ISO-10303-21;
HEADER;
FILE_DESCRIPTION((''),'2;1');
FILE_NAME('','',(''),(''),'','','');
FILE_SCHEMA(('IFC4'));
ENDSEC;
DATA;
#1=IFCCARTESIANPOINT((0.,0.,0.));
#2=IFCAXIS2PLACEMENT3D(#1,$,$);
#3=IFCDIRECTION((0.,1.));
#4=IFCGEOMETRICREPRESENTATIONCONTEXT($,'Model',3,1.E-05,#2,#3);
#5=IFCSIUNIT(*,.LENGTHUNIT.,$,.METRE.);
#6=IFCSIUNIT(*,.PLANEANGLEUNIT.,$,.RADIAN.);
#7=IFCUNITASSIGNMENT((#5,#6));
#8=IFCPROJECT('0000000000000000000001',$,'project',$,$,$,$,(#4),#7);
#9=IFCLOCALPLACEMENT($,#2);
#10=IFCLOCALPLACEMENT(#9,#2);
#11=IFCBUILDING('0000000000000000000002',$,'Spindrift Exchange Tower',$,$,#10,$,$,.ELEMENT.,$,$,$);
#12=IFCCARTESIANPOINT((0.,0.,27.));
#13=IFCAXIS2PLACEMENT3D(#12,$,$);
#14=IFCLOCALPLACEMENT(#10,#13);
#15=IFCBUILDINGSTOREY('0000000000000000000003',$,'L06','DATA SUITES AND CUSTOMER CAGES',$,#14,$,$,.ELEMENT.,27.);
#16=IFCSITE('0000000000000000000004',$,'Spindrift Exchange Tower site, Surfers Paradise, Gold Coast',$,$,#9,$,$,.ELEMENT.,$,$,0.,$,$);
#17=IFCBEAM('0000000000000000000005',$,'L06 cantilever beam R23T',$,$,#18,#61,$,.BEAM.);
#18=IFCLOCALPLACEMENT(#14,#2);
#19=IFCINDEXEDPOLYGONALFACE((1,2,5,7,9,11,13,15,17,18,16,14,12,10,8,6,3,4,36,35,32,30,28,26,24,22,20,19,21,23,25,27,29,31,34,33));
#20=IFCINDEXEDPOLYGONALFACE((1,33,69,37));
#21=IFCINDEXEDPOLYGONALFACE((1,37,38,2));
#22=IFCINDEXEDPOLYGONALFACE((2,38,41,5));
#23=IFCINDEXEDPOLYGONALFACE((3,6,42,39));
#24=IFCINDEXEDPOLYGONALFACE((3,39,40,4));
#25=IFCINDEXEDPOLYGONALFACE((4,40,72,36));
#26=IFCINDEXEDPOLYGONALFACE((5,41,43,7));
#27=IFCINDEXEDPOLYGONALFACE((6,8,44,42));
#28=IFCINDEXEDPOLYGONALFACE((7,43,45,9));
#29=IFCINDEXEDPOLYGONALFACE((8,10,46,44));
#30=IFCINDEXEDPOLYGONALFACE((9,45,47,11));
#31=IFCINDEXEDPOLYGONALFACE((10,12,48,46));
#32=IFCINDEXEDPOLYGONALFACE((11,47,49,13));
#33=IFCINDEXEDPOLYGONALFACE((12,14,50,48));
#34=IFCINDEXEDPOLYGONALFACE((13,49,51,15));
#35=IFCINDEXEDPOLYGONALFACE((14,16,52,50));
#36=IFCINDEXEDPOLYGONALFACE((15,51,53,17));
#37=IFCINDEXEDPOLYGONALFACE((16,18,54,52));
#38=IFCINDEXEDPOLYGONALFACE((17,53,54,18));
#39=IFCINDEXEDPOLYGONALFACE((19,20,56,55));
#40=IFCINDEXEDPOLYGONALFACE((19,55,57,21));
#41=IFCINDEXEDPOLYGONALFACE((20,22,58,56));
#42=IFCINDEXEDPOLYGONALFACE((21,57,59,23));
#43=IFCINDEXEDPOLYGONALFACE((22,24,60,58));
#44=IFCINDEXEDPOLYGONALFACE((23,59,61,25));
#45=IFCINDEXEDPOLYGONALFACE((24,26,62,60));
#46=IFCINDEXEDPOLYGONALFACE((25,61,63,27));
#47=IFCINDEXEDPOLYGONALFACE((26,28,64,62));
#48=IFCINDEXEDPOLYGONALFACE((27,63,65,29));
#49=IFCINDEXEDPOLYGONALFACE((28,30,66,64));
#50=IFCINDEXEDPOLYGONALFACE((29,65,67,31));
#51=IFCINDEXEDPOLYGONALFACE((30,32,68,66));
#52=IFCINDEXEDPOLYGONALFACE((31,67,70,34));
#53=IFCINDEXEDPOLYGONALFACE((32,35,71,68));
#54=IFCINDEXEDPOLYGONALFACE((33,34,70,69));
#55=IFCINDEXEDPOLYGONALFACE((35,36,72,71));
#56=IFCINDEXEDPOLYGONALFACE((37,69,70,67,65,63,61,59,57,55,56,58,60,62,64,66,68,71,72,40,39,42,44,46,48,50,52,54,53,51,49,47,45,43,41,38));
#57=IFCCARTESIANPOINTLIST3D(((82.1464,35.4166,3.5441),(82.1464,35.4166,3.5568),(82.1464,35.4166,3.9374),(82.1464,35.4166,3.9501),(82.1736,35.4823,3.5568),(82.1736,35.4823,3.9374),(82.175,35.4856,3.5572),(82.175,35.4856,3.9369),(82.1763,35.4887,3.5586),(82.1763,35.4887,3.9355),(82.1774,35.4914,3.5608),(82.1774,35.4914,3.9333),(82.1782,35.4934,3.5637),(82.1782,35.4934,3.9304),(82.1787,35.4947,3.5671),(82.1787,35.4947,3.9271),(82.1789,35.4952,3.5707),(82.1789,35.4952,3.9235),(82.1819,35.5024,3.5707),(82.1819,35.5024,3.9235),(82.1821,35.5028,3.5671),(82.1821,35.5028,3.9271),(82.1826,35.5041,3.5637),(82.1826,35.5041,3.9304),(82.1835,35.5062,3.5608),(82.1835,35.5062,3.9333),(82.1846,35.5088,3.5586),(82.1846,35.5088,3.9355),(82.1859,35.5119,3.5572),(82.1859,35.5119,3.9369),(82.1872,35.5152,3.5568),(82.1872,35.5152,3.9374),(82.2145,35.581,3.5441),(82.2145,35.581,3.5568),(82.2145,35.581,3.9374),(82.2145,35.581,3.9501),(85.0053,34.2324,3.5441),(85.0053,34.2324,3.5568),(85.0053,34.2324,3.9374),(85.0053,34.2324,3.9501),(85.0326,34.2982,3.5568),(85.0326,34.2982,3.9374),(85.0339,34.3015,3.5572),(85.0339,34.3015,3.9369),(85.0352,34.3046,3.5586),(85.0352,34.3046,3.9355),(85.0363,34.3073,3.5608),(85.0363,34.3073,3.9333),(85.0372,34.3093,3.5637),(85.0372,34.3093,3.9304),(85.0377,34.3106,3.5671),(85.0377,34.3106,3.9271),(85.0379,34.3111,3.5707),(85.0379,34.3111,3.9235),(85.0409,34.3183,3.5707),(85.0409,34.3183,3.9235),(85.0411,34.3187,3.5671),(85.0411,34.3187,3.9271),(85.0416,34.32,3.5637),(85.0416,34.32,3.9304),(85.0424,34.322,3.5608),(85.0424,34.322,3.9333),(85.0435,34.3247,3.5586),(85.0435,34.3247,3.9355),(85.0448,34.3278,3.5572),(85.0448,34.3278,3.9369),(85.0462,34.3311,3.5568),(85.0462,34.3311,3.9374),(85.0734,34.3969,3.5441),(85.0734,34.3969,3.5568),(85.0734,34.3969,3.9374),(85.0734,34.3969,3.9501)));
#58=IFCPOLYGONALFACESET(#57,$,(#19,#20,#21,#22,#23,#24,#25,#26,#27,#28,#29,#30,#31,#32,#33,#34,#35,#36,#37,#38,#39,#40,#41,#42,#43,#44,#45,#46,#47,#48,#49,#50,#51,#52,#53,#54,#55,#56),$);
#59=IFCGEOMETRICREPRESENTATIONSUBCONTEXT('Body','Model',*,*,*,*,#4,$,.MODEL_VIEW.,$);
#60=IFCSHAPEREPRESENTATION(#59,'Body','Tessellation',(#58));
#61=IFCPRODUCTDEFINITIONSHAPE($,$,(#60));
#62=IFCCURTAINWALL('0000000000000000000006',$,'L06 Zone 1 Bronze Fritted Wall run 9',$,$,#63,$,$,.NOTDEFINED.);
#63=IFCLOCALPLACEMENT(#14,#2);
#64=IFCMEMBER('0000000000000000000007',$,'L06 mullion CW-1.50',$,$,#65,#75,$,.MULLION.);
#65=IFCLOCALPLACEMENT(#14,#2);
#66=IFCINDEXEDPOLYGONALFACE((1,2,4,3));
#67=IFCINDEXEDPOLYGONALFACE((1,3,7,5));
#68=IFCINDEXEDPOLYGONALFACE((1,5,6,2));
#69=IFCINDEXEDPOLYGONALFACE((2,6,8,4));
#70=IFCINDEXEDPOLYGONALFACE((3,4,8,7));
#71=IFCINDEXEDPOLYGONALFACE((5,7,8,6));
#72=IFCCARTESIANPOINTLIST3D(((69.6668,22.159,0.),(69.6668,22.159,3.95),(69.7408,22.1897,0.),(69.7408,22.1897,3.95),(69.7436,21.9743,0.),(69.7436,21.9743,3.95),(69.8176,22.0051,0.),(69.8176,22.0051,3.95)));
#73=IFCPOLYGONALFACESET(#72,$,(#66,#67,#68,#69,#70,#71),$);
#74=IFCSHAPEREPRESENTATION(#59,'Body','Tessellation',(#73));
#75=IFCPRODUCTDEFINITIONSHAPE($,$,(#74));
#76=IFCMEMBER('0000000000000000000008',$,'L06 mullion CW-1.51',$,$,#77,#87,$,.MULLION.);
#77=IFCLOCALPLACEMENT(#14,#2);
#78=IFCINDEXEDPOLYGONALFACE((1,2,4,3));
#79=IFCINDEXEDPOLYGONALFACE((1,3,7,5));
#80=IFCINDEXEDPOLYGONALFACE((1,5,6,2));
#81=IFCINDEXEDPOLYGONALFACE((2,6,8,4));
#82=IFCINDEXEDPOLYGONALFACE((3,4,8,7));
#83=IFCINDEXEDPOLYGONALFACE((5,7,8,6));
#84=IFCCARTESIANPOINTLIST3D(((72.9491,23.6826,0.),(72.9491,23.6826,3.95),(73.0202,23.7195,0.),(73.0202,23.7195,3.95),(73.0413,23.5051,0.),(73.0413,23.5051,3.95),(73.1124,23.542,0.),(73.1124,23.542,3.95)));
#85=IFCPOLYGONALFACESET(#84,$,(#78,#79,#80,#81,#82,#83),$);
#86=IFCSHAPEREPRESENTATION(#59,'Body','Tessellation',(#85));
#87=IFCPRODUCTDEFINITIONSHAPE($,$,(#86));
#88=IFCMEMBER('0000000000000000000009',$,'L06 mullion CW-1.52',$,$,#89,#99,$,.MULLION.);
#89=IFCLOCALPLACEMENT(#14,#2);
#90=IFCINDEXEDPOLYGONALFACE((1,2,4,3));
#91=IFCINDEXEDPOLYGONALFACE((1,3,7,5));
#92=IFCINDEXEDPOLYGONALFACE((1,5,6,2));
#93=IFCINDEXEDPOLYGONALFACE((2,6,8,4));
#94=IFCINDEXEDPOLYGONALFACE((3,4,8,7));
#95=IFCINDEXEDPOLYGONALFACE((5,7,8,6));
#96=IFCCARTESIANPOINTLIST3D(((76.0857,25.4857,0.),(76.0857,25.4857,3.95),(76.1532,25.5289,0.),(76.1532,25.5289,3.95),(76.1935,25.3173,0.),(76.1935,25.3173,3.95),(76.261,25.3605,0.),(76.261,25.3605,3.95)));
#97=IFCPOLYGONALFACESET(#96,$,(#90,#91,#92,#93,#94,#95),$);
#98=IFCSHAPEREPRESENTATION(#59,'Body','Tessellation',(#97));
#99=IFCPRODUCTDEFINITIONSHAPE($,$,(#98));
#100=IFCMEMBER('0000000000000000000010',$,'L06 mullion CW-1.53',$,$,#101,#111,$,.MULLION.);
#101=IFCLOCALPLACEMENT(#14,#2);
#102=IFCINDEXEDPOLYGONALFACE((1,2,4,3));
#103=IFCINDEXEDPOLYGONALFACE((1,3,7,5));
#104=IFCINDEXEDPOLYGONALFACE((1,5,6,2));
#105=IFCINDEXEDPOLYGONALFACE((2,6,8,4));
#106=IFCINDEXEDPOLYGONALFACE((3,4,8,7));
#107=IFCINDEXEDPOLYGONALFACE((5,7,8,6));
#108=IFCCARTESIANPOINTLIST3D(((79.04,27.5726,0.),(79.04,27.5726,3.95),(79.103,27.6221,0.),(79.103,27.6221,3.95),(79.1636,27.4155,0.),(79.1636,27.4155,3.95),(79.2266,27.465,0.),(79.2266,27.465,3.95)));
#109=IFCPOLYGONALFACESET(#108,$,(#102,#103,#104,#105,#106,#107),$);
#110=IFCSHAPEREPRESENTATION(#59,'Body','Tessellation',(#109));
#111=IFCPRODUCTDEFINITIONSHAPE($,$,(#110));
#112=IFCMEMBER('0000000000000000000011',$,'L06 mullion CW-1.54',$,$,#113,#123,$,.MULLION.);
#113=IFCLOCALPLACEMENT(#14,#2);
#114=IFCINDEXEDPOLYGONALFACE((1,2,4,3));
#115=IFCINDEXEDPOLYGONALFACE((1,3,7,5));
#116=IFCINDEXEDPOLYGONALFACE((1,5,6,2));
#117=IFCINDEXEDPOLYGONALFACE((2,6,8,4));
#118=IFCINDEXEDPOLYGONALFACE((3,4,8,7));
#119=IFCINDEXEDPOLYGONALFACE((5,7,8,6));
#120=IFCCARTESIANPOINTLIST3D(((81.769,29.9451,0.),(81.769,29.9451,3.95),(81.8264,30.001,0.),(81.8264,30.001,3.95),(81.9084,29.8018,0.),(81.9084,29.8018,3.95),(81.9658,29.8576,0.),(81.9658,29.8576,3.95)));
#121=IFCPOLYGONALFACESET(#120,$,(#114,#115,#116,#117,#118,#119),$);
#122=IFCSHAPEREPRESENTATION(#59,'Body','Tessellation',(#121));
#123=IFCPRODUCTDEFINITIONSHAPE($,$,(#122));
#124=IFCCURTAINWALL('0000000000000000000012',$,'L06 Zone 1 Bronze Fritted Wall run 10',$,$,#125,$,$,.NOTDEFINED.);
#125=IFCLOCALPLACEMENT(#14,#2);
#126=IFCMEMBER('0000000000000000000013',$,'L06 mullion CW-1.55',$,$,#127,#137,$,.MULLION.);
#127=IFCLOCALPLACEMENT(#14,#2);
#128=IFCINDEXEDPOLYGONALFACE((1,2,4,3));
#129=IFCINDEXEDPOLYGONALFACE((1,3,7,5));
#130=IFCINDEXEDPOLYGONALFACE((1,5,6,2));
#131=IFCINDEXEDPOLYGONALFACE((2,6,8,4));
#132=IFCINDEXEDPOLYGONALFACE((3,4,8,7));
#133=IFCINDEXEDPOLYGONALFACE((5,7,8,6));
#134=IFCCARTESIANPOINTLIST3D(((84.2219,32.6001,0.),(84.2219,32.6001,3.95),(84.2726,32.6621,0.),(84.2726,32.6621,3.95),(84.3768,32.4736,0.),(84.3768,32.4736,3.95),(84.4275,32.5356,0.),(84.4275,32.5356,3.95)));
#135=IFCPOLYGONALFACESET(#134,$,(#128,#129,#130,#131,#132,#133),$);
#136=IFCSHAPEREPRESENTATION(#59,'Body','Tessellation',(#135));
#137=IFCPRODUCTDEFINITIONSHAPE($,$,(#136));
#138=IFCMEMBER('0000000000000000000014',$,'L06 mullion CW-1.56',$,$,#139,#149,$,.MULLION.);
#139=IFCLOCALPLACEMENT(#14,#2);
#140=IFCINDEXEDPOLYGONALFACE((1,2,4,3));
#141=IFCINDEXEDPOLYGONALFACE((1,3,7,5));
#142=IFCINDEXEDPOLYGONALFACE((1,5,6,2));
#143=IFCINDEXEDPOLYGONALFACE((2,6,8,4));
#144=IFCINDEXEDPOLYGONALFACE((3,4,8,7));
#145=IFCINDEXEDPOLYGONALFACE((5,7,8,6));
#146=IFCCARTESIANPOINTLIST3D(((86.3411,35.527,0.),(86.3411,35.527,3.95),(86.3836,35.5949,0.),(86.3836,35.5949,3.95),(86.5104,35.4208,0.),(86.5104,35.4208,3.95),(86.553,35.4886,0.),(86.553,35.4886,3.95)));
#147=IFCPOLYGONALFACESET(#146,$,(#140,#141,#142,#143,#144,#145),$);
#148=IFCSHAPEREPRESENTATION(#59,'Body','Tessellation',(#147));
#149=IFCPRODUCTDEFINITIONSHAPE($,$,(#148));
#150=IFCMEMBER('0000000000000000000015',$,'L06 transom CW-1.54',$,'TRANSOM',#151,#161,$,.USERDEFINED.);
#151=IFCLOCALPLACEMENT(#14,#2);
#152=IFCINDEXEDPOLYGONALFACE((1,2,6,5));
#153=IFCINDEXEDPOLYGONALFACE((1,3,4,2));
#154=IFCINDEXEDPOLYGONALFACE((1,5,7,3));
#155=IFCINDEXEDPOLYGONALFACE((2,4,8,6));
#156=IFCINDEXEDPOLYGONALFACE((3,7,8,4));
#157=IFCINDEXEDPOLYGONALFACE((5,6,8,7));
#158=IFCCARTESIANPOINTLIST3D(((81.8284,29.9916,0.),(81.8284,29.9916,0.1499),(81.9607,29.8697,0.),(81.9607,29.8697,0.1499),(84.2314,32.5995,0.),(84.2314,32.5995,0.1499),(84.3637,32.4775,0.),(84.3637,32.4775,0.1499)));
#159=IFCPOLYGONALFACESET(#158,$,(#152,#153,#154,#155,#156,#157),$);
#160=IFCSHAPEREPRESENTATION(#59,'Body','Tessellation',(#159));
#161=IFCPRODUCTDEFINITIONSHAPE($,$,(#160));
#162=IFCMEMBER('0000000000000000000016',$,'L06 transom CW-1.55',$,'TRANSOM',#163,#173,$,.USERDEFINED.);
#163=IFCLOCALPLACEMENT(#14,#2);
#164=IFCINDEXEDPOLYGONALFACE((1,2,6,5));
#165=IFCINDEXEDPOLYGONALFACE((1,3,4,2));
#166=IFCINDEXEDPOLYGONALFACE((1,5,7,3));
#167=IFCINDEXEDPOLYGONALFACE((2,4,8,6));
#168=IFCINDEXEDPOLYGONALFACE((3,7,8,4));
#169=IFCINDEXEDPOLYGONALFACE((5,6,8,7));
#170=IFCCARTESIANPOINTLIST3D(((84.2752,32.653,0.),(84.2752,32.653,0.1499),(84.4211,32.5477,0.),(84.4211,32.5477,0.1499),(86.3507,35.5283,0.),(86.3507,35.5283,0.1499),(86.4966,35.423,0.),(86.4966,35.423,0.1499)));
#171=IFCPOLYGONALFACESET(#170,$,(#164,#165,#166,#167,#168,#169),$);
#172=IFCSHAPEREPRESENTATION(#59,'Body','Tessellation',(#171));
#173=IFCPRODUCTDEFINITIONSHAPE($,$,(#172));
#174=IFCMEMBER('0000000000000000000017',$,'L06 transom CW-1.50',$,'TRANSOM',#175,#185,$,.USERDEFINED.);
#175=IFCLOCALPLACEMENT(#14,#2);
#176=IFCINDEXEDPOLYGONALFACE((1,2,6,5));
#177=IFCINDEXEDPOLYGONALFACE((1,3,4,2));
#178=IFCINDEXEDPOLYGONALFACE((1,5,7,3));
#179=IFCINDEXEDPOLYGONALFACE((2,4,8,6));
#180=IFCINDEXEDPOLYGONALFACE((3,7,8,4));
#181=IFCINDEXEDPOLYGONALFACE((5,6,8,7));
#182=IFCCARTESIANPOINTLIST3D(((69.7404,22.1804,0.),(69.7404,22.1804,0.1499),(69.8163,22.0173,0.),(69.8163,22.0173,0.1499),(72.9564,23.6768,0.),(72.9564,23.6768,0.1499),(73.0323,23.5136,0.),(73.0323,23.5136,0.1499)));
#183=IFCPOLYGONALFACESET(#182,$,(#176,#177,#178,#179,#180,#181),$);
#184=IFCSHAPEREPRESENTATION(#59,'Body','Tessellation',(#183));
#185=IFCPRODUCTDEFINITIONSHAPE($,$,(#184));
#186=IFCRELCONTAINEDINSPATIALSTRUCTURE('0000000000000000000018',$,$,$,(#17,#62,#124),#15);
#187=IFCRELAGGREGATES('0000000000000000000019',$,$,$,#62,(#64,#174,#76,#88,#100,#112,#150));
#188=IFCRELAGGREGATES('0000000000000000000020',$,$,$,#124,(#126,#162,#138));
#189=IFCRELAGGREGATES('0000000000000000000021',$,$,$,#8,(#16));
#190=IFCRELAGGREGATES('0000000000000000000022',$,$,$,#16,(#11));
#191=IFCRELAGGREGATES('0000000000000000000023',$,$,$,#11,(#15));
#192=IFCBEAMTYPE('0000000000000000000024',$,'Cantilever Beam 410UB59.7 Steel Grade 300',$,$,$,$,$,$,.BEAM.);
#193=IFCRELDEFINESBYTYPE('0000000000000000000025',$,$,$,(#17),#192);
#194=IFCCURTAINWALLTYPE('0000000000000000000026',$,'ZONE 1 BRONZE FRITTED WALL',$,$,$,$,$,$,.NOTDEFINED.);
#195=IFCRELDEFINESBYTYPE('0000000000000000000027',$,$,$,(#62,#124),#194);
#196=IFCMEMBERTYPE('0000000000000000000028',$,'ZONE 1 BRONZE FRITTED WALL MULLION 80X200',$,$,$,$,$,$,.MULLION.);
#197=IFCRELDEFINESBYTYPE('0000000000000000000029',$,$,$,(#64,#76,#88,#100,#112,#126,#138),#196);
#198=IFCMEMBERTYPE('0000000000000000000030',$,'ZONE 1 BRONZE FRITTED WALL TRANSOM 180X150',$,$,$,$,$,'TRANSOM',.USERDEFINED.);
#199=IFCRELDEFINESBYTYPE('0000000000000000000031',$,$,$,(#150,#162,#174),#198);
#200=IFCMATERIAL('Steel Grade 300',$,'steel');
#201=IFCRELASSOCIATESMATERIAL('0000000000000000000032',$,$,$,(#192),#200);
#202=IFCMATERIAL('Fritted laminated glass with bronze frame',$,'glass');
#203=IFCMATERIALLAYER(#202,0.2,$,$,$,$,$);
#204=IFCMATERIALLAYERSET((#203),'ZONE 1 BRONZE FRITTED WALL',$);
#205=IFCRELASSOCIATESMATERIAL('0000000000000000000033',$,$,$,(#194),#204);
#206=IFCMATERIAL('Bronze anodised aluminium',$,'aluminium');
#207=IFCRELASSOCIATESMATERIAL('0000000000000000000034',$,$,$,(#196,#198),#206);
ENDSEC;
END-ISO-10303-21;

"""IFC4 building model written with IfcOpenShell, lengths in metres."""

from ifc_helpers import new_model, si_unit, direction, frame, origin, origin_2d, place, context, subcontext, project, spatial, rectangle, i_section, extrude, source, transform, mapped, material, layer, layer_set, material_profile, profile_set, type_object, element, aggregate, save


model = new_model("IFC4")

# Units and contexts
model_context = context("Model", 3, precision=1e-05, world=origin(), true_north=direction((0.0, 1.0)))
body_context = subcontext(model_context, "Body", "Model", "MODEL_VIEW")
ifc_project = project(units=[si_unit("LENGTHUNIT", "METRE"), si_unit("PLANEANGLEUNIT", "RADIAN")], contexts=[model_context])

# Site, building, storey
site_placement = place(None, origin())
site = spatial("IfcSite", under=ifc_project, at=site_placement, Name="Spindrift Exchange Tower site, Surfers Paradise, Gold Coast", CompositionType="ELEMENT", RefElevation=0.0)
building_placement = place(site_placement, origin())
building = spatial("IfcBuilding", under=site, at=building_placement, Name="Spindrift Exchange Tower", CompositionType="ELEMENT")
storey_placement = place(building_placement, frame((0.0, 0.0, 27.0)))
storey = spatial("IfcBuildingStorey", under=building, at=storey_placement, Name="L06", Description="DATA SUITES AND CUSTOMER CAGES", CompositionType="ELEMENT", Elevation=27.0)

# Beam
ifc_material_1 = material(Name="Steel Grade 300", Category="steel")
ifc_material_profile_1 = material_profile(ifc_material_1, i_section(OverallWidth=0.178, OverallDepth=0.406, WebThickness=0.0078, FlangeThickness=0.0127, FilletRadius=0.0139, at=origin_2d()), Name="410UB59.7")
ifc_profile_set_1 = profile_set([ifc_material_profile_1], Name="Steel Grade 300")
beam_type_1 = type_object("IfcBeamType", Name="Cantilever Beam 410UB59.7 Steel Grade 300", PredefinedType="BEAM", material=ifc_profile_set_1)
shared_shape_1 = source(origin(), body_context, "Body", "SweptSolid", [
    extrude(i_section(OverallWidth=0.178, OverallDepth=0.406, WebThickness=0.0078, FlangeThickness=0.0127, FilletRadius=0.0139, at=origin_2d()), origin(), (0.0, 0.0, 1.0), 3.0945),
])
beam_1_placement = place(storey_placement, frame((82.1804, 35.4988, 3.7471), z_axis=(0.923892, -0.382654, 0.0), x_axis=(0.382654, 0.923892, 0.0)))
element("IfcBeam", 1, at=beam_1_placement, inside=storey, type_object=beam_type_1, Name="L06 cantilever beam R23T", PredefinedType="BEAM", context=body_context, shape_type="MappedRepresentation", body=[
    mapped(shared_shape_1, transform((0.0, 0.0, 0.0), scale=1.0)),
])

# Curtain walls, members
ifc_material_2 = material(Name="Fritted laminated glass with bronze frame", Category="glass")
ifc_layer_1 = layer(ifc_material_2, 0.2)
ifc_layer_set_1 = layer_set([ifc_layer_1], Name="ZONE 1 BRONZE FRITTED WALL")
curtain_wall_type = type_object("IfcCurtainWallType", Name="ZONE 1 BRONZE FRITTED WALL", PredefinedType="NOTDEFINED", material=ifc_layer_set_1)
curtain_wall_1_placement = place(storey_placement, origin())
curtain_wall_1 = element("IfcCurtainWall", 2, at=curtain_wall_1_placement, inside=storey, type_object=curtain_wall_type, Name="L06 Zone 1 Bronze Fritted Wall run 9", PredefinedType="NOTDEFINED")
ifc_material_3 = material(Name="Bronze anodised aluminium", Category="aluminium")
ifc_material_profile_2 = material_profile(ifc_material_3, rectangle(XDim=0.0801, YDim=0.2, at=origin_2d()), Name="ZONE 1 BRONZE FRITTED WALL MULLION 80X200")
ifc_profile_set_2 = profile_set([ifc_material_profile_2], Name="Bronze anodised aluminium")
member_type_1 = type_object("IfcMemberType", Name="ZONE 1 BRONZE FRITTED WALL MULLION 80X200", PredefinedType="MULLION", material=ifc_profile_set_2)
shared_shape_2 = source(origin(), body_context, "Body", "SweptSolid", [
    extrude(rectangle(XDim=0.0801, YDim=0.2, at=origin_2d()), origin(), (0.0, 0.0, 1.0), 3.95),
])
member_1_placement = place(storey_placement, frame((69.7422, 22.082, 0.0), z_axis=(0.0, 0.0, 1.0), x_axis=(0.923276, 0.384137, 0.0)))
member_1 = element("IfcMember", 3, at=member_1_placement, type_object=member_type_1, Name="L06 mullion CW-1.50", PredefinedType="MULLION", context=body_context, shape_type="MappedRepresentation", body=[
    mapped(shared_shape_2, transform((0.0, 0.0, 0.0), scale=1.0)),
])
member_2_placement = place(storey_placement, frame((73.0308, 23.6123, 0.0), z_axis=(0.0, 0.0, 1.0), x_axis=(0.887404, 0.460993, 0.0)))
member_2 = element("IfcMember", 4, at=member_2_placement, type_object=member_type_1, Name="L06 mullion CW-1.51", PredefinedType="MULLION", context=body_context, shape_type="MappedRepresentation", body=[
    mapped(shared_shape_2, transform((0.0, 0.0, 0.0), scale=1.0)),
])
member_3_placement = place(storey_placement, frame((76.1733, 25.4231, 0.0), z_axis=(0.0, 0.0, 1.0), x_axis=(0.842218, 0.539137, 0.0)))
member_3 = element("IfcMember", 5, at=member_3_placement, type_object=member_type_1, Name="L06 mullion CW-1.52", PredefinedType="MULLION", context=body_context, shape_type="MappedRepresentation", body=[
    mapped(shared_shape_2, transform((0.0, 0.0, 0.0), scale=1.0)),
])
member_4_placement = place(storey_placement, frame((79.1333, 27.5188, 0.0), z_axis=(0.0, 0.0, 1.0), x_axis=(0.786025, 0.618195, 0.0)))
member_4 = element("IfcMember", 6, at=member_4_placement, type_object=member_type_1, Name="L06 mullion CW-1.53", PredefinedType="MULLION", context=body_context, shape_type="MappedRepresentation", body=[
    mapped(shared_shape_2, transform((0.0, 0.0, 0.0), scale=1.0)),
])
member_5_placement = place(storey_placement, frame((81.8674, 29.9014, 0.0), z_axis=(0.0, 0.0, 1.0), x_axis=(0.716861, 0.697216, 0.0)))
member_5 = element("IfcMember", 7, at=member_5_placement, type_object=member_type_1, Name="L06 mullion CW-1.54", PredefinedType="MULLION", context=body_context, shape_type="MappedRepresentation", body=[
    mapped(shared_shape_2, transform((0.0, 0.0, 0.0), scale=1.0)),
])
curtain_wall_2_placement = place(storey_placement, origin())
curtain_wall_2 = element("IfcCurtainWall", 8, at=curtain_wall_2_placement, inside=storey, type_object=curtain_wall_type, Name="L06 Zone 1 Bronze Fritted Wall run 10", PredefinedType="NOTDEFINED")
member_6_placement = place(storey_placement, frame((84.3247, 32.5679, 0.0), z_axis=(0.0, 0.0, 1.0), x_axis=(0.632597, 0.774481, 0.0)))
member_6 = element("IfcMember", 9, at=member_6_placement, type_object=member_type_1, Name="L06 mullion CW-1.55", PredefinedType="MULLION", context=body_context, shape_type="MappedRepresentation", body=[
    mapped(shared_shape_2, transform((0.0, 0.0, 0.0), scale=1.0)),
])
member_7_placement = place(storey_placement, frame((86.447, 35.5078, 0.0), z_axis=(0.0, 0.0, 1.0), x_axis=(0.531315, 0.847174, 0.0)))
member_7 = element("IfcMember", 10, at=member_7_placement, type_object=member_type_1, Name="L06 mullion CW-1.56", PredefinedType="MULLION", context=body_context, shape_type="MappedRepresentation", body=[
    mapped(shared_shape_2, transform((0.0, 0.0, 0.0), scale=1.0)),
])

# Members
ifc_material_profile_3 = material_profile(ifc_material_3, rectangle(XDim=0.1799, YDim=0.1499, at=origin_2d()), Name="ZONE 1 BRONZE FRITTED WALL TRANSOM 180X150")
ifc_profile_set_3 = profile_set([ifc_material_profile_3], Name="Bronze anodised aluminium")
member_type_2 = type_object("IfcMemberType", Name="ZONE 1 BRONZE FRITTED WALL TRANSOM 180X150", ElementType="TRANSOM", PredefinedType="USERDEFINED", material=ifc_profile_set_3)
shared_shape_3 = source(origin(), body_context, "Body", "SweptSolid", [
    extrude(rectangle(XDim=0.1799, YDim=0.1499, at=origin_2d()), origin(), (0.0, 0.0, 1.0), 3.5461),
])
member_8_placement = place(storey_placement, frame((81.8945, 29.9307, 0.075), z_axis=(0.677636, 0.735397, 0.0), x_axis=(-0.735397, 0.677636, 0.0)))
member_8 = element("IfcMember", 11, at=member_8_placement, type_object=member_type_2, Name="L06 transom CW-1.54", ObjectType="TRANSOM", PredefinedType="USERDEFINED", context=body_context, shape_type="MappedRepresentation", body=[
    mapped(shared_shape_3, transform((0.0, 0.0, 0.0), scale=1.0)),
])
member_9_placement = place(storey_placement, frame((84.3481, 32.6003, 0.075), z_axis=(0.585282, 0.81083, 0.0), x_axis=(-0.81083, 0.585282, 0.0)))
member_9 = element("IfcMember", 12, at=member_9_placement, type_object=member_type_2, Name="L06 transom CW-1.55", ObjectType="TRANSOM", PredefinedType="USERDEFINED", context=body_context, shape_type="MappedRepresentation", body=[
    mapped(shared_shape_3, transform((0.0, 0.0, 0.0), scale=1.0)),
])
shared_shape_4 = source(origin(), body_context, "Body", "SweptSolid", [
    extrude(rectangle(XDim=0.1799, YDim=0.1499, at=origin_2d()), origin(), (0.0, 0.0, 1.0), 3.5471),
])
member_10_placement = place(storey_placement, frame((69.7783, 22.0989, 0.075), z_axis=(0.906668, 0.421845, 0.0), x_axis=(-0.421845, 0.906668, 0.0)))
member_10 = element("IfcMember", 13, at=member_10_placement, type_object=member_type_2, Name="L06 transom CW-1.50", ObjectType="TRANSOM", PredefinedType="USERDEFINED", context=body_context, shape_type="MappedRepresentation", body=[
    mapped(shared_shape_4, transform((0.0, 0.0, 0.0), scale=1.0)),
])

aggregate(curtain_wall_1, [member_1, member_10, member_2, member_3, member_4, member_5, member_8])
aggregate(curtain_wall_2, [member_6, member_9, member_7])

save(model, "model.ifc")
